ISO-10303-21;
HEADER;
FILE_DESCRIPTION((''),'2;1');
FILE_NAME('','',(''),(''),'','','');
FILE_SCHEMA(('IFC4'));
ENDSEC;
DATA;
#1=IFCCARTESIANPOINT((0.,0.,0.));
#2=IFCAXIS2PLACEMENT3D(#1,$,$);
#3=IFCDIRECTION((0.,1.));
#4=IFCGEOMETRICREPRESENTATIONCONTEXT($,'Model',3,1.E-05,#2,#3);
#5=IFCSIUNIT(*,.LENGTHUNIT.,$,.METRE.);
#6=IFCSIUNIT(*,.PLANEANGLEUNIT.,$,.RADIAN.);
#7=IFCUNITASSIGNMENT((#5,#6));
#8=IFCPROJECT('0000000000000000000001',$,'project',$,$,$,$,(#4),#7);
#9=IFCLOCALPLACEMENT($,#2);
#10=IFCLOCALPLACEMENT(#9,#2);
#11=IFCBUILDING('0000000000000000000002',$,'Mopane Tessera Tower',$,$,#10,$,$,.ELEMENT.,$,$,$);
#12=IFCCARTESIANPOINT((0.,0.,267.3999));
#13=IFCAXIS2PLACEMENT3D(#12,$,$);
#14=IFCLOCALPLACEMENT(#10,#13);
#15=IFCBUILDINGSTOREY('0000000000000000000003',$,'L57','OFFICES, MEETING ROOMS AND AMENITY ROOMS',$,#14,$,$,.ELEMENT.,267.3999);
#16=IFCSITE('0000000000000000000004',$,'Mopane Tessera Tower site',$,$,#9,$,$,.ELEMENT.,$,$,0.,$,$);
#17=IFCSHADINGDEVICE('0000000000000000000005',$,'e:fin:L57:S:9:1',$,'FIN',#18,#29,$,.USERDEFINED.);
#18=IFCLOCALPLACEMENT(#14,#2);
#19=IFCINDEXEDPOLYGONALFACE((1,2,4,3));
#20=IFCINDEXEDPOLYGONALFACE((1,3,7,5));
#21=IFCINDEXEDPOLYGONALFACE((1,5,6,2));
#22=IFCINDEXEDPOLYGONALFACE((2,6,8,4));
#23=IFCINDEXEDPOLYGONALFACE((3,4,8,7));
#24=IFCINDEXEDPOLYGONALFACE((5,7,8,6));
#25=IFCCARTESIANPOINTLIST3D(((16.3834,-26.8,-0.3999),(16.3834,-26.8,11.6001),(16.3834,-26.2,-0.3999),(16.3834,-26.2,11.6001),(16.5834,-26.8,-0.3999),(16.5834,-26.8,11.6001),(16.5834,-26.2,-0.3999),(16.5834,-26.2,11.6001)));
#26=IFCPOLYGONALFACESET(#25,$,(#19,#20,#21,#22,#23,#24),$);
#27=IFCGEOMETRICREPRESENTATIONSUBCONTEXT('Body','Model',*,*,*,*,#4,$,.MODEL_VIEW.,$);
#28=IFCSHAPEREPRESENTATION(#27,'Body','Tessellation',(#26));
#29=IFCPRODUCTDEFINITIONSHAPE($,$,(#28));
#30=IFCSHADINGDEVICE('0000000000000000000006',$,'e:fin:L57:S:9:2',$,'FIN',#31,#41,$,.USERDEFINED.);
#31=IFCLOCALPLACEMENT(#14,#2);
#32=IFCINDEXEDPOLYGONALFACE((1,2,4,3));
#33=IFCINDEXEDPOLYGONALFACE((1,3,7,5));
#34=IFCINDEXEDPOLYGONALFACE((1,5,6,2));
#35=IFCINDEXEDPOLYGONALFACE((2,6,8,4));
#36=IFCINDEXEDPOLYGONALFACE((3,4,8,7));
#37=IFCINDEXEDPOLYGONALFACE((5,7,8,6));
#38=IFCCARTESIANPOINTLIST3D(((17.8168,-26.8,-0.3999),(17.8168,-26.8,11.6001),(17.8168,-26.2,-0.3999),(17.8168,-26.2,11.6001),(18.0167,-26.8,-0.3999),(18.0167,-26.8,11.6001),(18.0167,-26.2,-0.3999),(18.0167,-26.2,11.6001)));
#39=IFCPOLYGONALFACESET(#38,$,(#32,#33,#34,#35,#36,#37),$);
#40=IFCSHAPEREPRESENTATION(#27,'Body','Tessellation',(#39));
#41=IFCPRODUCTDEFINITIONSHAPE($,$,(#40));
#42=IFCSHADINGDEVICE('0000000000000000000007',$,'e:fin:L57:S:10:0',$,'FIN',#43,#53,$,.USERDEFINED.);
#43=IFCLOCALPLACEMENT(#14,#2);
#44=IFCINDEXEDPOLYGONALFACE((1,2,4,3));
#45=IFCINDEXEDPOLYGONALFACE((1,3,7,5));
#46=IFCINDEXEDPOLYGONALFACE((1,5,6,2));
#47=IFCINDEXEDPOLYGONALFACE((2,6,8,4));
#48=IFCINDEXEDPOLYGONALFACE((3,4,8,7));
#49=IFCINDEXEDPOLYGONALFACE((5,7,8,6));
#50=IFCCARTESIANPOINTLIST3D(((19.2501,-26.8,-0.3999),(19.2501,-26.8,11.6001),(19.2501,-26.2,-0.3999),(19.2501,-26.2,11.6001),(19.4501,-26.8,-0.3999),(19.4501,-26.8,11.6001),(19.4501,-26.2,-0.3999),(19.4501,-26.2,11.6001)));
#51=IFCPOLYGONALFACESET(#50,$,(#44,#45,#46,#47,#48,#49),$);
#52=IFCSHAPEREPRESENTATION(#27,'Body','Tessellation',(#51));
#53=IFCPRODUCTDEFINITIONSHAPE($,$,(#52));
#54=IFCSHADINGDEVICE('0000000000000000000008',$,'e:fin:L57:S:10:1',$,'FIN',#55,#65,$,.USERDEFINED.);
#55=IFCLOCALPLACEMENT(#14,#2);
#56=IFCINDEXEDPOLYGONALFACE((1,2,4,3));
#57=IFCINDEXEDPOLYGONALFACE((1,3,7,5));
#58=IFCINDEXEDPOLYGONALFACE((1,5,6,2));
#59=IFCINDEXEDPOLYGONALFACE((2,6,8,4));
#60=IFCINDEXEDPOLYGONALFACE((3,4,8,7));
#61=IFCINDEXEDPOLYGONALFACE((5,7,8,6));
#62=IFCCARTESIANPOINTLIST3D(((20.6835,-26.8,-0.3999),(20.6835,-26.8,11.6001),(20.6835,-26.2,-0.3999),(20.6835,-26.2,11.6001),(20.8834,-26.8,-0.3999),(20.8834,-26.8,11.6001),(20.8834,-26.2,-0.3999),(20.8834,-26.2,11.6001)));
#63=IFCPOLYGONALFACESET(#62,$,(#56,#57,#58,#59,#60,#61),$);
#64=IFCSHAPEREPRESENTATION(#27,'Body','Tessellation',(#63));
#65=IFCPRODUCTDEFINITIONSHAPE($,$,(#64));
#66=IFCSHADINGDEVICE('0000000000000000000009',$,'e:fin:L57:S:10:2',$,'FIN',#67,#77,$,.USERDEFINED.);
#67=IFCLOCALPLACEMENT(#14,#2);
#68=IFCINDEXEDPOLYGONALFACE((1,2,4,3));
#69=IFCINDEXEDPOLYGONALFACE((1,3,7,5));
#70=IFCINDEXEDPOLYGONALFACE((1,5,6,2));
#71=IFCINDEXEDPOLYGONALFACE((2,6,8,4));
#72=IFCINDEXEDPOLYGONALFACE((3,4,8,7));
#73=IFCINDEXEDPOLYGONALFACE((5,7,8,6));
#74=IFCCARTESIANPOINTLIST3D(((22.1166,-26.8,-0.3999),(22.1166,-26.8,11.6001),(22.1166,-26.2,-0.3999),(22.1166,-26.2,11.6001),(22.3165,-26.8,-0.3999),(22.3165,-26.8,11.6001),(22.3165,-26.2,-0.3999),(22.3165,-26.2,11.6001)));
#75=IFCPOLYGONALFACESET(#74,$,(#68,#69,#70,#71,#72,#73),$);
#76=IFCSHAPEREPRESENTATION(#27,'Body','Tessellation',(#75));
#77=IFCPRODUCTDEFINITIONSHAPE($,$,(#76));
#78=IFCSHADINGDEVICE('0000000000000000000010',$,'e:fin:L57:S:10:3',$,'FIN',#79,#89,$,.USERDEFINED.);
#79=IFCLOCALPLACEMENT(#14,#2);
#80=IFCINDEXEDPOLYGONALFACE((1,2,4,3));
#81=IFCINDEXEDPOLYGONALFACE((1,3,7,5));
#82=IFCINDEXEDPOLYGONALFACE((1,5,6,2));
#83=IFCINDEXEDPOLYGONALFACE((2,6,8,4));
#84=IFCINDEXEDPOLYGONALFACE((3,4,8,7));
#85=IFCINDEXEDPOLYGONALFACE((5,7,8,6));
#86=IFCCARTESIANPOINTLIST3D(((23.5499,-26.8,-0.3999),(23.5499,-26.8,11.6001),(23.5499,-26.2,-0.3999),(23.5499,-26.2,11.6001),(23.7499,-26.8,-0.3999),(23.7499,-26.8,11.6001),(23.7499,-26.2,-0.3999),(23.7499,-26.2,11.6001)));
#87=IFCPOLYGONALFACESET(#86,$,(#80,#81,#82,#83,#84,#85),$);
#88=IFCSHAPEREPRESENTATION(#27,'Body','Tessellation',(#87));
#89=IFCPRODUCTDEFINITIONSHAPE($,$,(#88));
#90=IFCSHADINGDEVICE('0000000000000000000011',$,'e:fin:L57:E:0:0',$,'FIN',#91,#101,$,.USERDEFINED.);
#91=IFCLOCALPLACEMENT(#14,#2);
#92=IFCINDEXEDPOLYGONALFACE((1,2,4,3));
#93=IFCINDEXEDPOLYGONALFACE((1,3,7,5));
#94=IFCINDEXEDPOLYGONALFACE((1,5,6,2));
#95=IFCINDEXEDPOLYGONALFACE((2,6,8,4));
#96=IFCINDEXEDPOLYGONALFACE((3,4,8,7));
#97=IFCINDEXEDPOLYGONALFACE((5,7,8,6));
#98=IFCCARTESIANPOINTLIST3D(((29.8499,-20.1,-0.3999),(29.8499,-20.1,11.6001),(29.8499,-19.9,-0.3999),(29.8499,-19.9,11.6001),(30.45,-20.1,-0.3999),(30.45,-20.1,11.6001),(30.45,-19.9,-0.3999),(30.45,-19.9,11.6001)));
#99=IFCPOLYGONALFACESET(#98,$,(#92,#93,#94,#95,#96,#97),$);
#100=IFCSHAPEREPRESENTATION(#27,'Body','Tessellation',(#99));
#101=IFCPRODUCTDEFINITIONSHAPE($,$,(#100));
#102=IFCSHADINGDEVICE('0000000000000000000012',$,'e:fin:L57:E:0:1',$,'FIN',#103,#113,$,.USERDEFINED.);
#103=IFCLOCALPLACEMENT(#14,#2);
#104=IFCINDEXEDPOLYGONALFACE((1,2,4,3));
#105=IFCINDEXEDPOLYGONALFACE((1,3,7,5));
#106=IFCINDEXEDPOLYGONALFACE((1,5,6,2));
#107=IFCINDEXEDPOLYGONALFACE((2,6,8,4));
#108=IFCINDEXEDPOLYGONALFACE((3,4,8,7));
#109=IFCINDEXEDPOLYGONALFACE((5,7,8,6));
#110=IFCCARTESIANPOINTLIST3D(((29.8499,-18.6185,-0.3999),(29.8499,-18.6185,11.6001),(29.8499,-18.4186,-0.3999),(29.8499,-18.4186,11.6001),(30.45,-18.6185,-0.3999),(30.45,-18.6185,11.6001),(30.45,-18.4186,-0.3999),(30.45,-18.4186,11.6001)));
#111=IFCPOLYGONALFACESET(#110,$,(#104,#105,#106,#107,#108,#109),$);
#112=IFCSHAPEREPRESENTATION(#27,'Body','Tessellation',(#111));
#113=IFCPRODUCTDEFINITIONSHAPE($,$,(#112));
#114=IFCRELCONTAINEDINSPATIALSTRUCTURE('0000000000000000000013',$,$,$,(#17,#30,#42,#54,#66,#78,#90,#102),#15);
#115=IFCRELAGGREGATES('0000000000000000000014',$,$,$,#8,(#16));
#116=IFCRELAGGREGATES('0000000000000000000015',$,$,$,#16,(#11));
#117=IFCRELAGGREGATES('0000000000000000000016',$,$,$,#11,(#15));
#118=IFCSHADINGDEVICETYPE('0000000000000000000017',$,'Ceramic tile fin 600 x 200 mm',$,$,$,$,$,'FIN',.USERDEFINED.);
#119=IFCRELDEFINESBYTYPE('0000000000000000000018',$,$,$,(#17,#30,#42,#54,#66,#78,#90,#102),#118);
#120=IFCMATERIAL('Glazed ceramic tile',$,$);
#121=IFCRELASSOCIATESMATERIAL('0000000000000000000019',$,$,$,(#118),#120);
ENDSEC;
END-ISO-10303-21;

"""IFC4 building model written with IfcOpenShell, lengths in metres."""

from ifc_helpers import new_model, si_unit, direction, frame, origin, origin_2d, place, context, subcontext, project, spatial, rectangle, extrude, material, type_object, element, save


model = new_model("IFC4")

# Units and contexts
model_context = context("Model", 3, precision=1e-05, world=origin(), true_north=direction((0.0, 1.0)))
body_context = subcontext(model_context, "Body", "Model", "MODEL_VIEW")
ifc_project = project(units=[si_unit("LENGTHUNIT", "METRE"), si_unit("PLANEANGLEUNIT", "RADIAN")], contexts=[model_context])

# Site, building, storey
site_placement = place(None, origin())
site = spatial("IfcSite", under=ifc_project, at=site_placement, Name="Mopane Tessera Tower site", CompositionType="ELEMENT", RefElevation=0.0)
building_placement = place(site_placement, origin())
building = spatial("IfcBuilding", under=site, at=building_placement, Name="Mopane Tessera Tower", CompositionType="ELEMENT")
storey_placement = place(building_placement, frame((0.0, 0.0, 267.3999)))
storey = spatial("IfcBuildingStorey", under=building, at=storey_placement, Name="L57", Description="OFFICES, MEETING ROOMS AND AMENITY ROOMS", CompositionType="ELEMENT", Elevation=267.3999)

# Shading devices
ifc_material_1 = material(Name="Glazed ceramic tile")
shading_device_type = type_object("IfcShadingDeviceType", Name="Ceramic tile fin 600 x 200 mm", ElementType="FIN", PredefinedType="USERDEFINED", material=ifc_material_1)
for number, where, z_axis, x_axis, name in (
    (1, (16.4834, -26.5, -0.3999), (0.0, 0.0, 1.0), (1.0, 0.0, 0.0), "e:fin:L57:S:9:1"),
    (2, (17.9167, -26.5, -0.3999), (0.0, 0.0, 1.0), (1.0, 0.0, 0.0), "e:fin:L57:S:9:2"),
    (3, (19.3501, -26.5, -0.3999), (0.0, 0.0, 1.0), (1.0, 0.0, 0.0), "e:fin:L57:S:10:0"),
    (4, (20.7834, -26.5, -0.3999), (0.0, 0.0, 1.0), (1.0, 0.0, 0.0), "e:fin:L57:S:10:1"),
    (5, (22.2166, -26.5, -0.3999), (0.0, 0.0, 1.0), (1.0, 0.0, 0.0), "e:fin:L57:S:10:2"),
    (6, (23.6499, -26.5, -0.3999), (0.0, 0.0, 1.0), (1.0, 0.0, 0.0), "e:fin:L57:S:10:3"),
    (7, (30.1499, -20.0, -0.3999), (0.0, 0.0, 1.0), (0.0, 1.0, 0.0), "e:fin:L57:E:0:0"),
    (8, (30.1499, -18.5186, -0.3999), (0.0, 0.0, 1.0), (0.0, 1.0, 0.0), "e:fin:L57:E:0:1"),
):
    element("IfcShadingDevice", number, at=place(storey_placement, frame(where, z_axis=z_axis, x_axis=x_axis)), inside=storey, type_object=shading_device_type, Name=name, ObjectType="FIN", PredefinedType="USERDEFINED", context=body_context, shape_type="SweptSolid", body=[
        extrude(rectangle(XDim=0.2, YDim=0.6001, at=origin_2d()), origin(), (0.0, 0.0, 1.0), 12.0),
    ])

save(model, "model.ifc")
